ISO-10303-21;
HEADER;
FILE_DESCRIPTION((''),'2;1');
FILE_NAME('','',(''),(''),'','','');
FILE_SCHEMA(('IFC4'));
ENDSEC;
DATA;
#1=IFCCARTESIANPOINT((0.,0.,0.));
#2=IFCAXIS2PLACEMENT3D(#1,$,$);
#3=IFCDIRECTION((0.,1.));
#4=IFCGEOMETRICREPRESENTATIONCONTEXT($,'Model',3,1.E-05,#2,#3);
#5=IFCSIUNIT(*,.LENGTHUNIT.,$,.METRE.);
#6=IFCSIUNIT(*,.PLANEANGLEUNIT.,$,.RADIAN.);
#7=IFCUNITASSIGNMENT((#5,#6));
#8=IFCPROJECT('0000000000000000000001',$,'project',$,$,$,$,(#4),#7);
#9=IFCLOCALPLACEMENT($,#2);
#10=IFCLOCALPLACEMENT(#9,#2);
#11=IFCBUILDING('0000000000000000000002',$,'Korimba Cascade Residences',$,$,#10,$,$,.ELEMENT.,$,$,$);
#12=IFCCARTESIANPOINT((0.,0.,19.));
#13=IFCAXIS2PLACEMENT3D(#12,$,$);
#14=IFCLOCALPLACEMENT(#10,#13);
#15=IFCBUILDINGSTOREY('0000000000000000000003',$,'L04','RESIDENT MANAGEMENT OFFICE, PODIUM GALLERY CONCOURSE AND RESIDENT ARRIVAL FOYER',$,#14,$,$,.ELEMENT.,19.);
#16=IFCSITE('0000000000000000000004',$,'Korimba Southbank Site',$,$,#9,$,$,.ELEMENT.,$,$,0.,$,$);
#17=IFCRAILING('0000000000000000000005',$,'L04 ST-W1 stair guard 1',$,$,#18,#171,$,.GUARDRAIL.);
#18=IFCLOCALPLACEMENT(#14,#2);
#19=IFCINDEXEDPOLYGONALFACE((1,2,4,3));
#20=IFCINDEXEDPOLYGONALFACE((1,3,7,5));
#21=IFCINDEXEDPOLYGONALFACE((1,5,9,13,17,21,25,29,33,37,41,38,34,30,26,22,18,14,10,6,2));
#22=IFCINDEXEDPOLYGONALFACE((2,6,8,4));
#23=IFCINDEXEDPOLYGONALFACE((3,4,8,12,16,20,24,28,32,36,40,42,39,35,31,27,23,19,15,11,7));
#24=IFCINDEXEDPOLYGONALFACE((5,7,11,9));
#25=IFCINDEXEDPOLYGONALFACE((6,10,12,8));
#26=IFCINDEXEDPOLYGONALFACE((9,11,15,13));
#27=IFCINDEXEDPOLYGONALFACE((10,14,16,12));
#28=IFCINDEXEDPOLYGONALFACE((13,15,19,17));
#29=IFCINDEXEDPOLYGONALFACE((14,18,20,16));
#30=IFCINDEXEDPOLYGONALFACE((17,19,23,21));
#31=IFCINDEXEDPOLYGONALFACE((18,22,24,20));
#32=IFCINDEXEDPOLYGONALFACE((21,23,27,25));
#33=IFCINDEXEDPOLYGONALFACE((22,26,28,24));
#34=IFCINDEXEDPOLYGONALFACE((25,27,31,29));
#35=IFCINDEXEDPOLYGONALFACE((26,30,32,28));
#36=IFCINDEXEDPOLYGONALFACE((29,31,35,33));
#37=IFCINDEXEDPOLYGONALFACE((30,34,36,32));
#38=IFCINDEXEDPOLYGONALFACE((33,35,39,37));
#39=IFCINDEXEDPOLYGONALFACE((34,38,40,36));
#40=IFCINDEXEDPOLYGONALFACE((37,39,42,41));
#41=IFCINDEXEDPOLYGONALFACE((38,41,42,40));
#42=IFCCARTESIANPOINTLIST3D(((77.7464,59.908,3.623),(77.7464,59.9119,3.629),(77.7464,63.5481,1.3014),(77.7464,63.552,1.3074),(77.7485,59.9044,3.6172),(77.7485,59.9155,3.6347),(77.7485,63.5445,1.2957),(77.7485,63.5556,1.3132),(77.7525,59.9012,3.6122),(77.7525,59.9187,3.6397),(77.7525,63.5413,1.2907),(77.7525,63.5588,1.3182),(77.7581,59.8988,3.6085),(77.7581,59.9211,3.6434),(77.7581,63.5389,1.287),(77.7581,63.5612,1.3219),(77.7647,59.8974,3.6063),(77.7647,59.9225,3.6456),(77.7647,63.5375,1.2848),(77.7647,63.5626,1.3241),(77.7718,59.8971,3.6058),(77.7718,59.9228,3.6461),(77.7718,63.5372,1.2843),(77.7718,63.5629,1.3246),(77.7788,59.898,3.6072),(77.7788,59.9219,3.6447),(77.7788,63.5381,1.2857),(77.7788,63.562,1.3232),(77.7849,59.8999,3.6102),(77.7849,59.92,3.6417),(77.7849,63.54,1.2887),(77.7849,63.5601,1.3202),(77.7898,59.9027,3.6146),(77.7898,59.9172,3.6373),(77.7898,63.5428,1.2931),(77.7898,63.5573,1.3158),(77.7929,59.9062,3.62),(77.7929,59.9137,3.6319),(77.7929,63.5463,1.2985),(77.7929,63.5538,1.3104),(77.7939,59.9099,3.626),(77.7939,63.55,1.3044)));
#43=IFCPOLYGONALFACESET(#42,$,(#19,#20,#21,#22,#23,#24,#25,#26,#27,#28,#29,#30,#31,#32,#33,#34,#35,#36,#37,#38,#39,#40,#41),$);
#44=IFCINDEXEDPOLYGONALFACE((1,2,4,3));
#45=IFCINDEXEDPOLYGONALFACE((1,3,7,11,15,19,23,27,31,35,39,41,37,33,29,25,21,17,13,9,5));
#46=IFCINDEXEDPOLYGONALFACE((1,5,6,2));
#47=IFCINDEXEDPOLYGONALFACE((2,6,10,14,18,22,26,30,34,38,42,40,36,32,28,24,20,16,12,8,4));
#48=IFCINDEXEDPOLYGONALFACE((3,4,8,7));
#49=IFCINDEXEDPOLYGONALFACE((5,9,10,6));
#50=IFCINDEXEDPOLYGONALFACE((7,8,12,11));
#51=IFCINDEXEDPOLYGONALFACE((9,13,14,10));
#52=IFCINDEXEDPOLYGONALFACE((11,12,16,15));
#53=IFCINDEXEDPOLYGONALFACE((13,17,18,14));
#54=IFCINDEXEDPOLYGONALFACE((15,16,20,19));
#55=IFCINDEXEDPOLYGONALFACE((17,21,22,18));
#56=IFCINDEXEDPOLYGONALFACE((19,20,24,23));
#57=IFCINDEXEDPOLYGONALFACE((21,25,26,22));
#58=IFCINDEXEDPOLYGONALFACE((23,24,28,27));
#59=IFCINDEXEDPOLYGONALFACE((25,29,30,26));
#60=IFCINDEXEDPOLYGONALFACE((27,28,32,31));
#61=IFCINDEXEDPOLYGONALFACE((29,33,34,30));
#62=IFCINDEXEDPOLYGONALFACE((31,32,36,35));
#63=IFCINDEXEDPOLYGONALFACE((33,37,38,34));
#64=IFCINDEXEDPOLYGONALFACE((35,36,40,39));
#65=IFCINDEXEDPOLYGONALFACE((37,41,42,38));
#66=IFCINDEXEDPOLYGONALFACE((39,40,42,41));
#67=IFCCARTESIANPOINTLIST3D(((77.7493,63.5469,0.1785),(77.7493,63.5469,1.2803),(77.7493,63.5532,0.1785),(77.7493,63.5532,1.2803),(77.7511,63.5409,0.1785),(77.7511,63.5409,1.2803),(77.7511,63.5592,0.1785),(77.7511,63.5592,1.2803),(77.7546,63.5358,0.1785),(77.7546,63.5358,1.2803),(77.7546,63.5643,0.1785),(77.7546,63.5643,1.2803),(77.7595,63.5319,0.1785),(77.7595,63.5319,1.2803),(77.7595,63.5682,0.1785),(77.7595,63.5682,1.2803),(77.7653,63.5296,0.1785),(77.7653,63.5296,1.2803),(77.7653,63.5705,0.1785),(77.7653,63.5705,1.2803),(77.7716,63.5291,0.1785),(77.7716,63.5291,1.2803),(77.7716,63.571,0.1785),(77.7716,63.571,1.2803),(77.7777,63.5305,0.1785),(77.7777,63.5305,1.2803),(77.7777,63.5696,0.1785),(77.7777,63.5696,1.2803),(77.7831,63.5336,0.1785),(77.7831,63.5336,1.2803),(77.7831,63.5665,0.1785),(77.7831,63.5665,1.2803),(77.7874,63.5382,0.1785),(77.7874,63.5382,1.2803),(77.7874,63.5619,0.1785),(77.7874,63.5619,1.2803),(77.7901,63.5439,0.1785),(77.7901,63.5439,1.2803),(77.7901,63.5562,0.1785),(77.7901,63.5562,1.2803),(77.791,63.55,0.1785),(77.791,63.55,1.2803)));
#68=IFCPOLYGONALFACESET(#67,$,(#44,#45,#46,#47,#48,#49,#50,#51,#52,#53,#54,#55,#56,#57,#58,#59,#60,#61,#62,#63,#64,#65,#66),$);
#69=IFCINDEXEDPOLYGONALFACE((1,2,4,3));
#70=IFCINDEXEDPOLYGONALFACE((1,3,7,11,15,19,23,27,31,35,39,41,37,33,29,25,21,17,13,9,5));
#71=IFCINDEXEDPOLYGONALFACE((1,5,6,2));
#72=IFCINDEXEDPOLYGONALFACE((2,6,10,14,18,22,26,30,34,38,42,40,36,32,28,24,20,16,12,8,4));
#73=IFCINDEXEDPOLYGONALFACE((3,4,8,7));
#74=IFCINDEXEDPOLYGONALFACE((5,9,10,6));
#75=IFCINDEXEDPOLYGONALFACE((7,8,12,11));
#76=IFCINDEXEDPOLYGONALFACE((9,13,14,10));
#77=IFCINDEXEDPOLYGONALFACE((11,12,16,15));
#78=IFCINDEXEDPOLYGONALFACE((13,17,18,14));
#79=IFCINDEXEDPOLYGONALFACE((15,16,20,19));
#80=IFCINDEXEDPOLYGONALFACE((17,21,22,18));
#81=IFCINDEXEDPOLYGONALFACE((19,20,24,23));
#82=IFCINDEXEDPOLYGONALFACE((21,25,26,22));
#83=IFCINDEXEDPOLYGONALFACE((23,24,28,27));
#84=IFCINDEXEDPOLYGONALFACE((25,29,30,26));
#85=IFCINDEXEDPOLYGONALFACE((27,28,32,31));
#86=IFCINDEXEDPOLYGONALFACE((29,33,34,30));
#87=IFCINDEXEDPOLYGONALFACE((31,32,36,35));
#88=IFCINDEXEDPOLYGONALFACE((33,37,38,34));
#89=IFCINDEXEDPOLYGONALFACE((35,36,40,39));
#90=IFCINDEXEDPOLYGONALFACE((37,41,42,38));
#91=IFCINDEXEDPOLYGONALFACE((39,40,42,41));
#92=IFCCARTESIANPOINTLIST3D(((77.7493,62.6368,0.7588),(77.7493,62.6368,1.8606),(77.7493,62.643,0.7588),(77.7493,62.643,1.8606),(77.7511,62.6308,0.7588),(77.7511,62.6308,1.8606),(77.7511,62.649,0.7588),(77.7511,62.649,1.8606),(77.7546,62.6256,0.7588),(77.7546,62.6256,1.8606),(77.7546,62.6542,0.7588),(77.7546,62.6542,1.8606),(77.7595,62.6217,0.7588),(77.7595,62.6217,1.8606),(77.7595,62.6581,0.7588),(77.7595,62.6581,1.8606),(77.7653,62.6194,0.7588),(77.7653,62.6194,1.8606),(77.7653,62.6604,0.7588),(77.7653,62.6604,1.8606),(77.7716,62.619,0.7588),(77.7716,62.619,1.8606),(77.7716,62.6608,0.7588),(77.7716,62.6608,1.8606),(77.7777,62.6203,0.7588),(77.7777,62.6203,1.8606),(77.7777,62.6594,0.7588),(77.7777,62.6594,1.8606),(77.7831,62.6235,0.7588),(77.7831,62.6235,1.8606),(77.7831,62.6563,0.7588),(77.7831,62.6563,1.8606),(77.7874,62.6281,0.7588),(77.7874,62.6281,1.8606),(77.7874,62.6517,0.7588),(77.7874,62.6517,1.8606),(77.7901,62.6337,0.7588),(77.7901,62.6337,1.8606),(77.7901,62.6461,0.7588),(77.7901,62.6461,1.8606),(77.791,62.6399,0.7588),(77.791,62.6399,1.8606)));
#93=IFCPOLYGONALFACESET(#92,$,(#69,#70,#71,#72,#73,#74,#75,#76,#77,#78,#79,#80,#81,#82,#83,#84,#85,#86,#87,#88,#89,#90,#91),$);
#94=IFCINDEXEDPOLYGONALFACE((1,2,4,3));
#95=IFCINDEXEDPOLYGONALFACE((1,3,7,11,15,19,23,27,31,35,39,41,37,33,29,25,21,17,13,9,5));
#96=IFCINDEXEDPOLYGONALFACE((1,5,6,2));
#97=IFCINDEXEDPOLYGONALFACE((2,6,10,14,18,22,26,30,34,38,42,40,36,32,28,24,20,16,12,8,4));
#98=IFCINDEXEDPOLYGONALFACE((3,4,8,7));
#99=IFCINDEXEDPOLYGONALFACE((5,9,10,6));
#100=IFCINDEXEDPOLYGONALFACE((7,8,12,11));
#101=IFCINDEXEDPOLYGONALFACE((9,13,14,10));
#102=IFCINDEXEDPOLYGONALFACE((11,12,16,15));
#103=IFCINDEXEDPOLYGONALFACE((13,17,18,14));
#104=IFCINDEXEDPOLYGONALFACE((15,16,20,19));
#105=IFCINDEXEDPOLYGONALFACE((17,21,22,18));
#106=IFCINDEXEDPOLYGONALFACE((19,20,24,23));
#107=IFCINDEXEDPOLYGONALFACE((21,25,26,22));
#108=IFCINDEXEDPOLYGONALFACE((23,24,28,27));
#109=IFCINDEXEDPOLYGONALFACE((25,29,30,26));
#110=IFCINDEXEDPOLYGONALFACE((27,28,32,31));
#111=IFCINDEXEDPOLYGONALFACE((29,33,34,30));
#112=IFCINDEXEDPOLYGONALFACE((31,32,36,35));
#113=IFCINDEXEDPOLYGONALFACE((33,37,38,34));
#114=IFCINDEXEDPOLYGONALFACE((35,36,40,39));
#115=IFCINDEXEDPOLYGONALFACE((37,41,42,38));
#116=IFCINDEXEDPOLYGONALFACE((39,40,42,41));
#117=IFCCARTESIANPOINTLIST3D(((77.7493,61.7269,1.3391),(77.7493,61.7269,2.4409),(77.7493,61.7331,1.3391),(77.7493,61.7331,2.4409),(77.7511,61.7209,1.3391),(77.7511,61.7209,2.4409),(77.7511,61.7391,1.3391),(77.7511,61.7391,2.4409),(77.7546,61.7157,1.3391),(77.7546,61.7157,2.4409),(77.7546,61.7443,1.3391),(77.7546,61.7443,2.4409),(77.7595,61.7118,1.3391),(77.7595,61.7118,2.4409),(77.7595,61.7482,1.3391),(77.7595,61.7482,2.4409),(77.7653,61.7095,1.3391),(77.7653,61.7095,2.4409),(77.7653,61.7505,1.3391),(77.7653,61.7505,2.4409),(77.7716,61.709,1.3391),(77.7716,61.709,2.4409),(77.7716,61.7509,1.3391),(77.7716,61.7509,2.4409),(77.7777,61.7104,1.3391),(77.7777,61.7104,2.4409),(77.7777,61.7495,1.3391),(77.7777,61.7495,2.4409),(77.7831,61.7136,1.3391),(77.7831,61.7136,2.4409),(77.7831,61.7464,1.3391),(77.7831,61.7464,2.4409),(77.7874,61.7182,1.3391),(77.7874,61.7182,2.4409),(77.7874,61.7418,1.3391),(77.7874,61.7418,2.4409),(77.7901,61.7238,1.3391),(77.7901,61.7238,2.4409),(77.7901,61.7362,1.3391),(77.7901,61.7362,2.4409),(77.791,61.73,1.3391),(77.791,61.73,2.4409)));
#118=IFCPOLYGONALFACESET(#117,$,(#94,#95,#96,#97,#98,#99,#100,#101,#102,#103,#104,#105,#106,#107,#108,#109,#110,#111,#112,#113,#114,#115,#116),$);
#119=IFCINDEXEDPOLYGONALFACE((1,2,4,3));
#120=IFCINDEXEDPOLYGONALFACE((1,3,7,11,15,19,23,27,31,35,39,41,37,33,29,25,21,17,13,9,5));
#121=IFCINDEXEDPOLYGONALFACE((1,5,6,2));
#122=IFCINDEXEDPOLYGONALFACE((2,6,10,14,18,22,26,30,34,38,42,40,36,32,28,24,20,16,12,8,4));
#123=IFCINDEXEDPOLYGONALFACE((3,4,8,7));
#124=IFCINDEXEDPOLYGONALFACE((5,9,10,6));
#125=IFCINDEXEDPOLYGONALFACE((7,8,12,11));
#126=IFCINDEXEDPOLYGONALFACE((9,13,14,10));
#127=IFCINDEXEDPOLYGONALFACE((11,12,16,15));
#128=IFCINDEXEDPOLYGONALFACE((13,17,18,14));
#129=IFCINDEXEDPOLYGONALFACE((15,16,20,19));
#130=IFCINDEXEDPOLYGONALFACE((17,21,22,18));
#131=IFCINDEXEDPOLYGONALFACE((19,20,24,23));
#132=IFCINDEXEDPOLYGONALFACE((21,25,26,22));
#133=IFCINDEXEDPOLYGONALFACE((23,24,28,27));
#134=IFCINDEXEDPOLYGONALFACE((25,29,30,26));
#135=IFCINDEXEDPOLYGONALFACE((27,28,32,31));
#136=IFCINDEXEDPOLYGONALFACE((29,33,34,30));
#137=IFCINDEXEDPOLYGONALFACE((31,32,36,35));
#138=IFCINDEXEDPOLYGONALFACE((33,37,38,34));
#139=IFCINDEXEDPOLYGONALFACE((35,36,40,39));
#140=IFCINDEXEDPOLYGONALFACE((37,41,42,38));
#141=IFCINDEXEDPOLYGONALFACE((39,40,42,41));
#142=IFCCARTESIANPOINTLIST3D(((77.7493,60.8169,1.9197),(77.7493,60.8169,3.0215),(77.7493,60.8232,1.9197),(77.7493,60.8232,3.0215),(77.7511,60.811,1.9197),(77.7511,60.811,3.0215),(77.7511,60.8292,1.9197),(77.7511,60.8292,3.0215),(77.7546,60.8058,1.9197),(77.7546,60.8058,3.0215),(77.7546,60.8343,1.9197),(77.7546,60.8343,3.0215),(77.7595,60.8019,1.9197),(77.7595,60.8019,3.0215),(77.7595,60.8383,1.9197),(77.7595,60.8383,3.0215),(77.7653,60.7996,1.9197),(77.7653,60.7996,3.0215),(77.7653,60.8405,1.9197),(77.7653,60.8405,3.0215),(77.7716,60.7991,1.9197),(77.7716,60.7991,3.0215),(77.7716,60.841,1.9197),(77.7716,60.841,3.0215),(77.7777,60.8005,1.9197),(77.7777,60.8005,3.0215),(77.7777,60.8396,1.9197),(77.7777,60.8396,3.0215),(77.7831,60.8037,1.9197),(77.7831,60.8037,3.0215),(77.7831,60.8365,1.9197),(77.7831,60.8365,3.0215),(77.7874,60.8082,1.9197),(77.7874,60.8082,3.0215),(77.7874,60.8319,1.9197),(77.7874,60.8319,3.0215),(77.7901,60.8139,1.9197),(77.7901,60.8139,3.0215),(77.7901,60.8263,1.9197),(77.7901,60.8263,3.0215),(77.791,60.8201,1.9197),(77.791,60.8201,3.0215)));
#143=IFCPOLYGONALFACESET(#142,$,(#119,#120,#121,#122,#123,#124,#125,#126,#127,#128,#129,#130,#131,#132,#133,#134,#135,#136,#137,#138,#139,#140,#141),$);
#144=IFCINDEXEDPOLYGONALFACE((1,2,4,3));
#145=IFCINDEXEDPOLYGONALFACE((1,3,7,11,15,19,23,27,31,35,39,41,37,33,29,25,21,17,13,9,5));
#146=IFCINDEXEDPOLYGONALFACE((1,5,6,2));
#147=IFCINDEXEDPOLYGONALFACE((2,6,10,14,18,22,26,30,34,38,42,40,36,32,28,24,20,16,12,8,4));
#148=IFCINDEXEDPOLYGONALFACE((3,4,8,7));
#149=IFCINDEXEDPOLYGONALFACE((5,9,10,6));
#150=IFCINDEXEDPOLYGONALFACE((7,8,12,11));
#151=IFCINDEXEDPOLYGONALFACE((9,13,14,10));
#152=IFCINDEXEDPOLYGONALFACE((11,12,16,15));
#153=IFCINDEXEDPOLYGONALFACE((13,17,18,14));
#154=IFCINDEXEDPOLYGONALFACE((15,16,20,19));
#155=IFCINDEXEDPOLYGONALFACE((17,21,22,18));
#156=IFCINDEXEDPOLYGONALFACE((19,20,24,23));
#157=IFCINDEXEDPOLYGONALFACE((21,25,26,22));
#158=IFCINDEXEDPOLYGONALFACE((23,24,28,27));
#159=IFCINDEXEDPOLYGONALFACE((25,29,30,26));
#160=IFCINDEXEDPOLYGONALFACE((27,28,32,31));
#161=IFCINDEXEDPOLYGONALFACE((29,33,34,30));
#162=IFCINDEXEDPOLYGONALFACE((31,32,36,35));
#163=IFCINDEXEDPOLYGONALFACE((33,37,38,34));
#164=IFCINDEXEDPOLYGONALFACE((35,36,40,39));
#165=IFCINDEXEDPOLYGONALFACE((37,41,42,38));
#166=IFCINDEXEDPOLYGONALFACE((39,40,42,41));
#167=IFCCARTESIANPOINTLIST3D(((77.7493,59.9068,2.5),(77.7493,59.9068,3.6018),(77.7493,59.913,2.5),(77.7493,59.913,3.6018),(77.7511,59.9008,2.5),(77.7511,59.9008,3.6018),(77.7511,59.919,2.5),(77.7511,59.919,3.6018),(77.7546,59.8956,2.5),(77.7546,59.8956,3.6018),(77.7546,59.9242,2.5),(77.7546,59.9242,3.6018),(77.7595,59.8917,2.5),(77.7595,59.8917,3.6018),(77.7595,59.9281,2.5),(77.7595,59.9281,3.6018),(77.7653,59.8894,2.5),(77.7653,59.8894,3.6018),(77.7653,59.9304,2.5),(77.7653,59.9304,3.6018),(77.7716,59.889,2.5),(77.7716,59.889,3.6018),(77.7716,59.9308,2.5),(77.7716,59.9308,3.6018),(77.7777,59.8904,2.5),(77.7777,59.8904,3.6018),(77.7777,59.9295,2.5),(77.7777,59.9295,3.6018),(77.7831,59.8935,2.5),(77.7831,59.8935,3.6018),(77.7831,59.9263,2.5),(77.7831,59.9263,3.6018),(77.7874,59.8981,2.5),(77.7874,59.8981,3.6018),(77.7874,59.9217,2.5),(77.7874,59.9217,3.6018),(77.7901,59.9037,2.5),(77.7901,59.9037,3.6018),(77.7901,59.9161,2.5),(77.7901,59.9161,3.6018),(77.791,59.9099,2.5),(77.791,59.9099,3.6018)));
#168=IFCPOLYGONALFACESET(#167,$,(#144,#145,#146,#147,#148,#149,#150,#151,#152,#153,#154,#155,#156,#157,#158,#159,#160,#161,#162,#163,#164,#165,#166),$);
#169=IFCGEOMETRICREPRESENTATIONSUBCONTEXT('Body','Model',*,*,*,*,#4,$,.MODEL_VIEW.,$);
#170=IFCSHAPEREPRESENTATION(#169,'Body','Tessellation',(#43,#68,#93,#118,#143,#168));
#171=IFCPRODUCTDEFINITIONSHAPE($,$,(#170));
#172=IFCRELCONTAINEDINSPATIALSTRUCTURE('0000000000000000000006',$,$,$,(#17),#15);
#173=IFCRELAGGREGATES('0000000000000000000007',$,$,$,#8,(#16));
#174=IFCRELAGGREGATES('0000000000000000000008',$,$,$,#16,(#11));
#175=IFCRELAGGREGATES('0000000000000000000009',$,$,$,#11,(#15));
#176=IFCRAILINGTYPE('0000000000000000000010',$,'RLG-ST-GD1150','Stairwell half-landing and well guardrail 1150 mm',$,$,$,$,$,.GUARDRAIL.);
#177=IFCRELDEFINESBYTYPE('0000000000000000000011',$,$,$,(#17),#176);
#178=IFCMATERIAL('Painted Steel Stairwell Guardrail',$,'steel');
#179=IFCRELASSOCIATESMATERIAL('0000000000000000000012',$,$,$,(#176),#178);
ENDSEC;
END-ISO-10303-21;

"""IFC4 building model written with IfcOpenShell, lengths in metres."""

from ifc_helpers import new_model, si_unit, direction, frame, origin, origin_2d, place, context, subcontext, project, spatial, circle, extrude, material, type_object, element, save


model = new_model("IFC4")

# Units and contexts
model_context = context("Model", 3, precision=1e-05, world=origin(), true_north=direction((0.0, 1.0)))
body_context = subcontext(model_context, "Body", "Model", "MODEL_VIEW")
ifc_project = project(units=[si_unit("LENGTHUNIT", "METRE"), si_unit("PLANEANGLEUNIT", "RADIAN")], contexts=[model_context])

# Site, building, storey
site_placement = place(None, origin())
site = spatial("IfcSite", under=ifc_project, at=site_placement, Name="Korimba Southbank Site", CompositionType="ELEMENT", RefElevation=0.0)
building_placement = place(site_placement, origin())
building = spatial("IfcBuilding", under=site, at=building_placement, Name="Korimba Cascade Residences", CompositionType="ELEMENT")
storey_placement = place(building_placement, frame((0.0, 0.0, 19.0)))
storey = spatial("IfcBuildingStorey", under=building, at=storey_placement, Name="L04", Description="RESIDENT MANAGEMENT OFFICE, PODIUM GALLERY CONCOURSE AND RESIDENT ARRIVAL FOYER", CompositionType="ELEMENT", Elevation=19.0)

# Railing
ifc_material_1 = material(Name="Painted Steel Stairwell Guardrail", Category="steel")
railing_type_1 = type_object("IfcRailingType", Name="RLG-ST-GD1150", Description="Stairwell half-landing and well guardrail 1150 mm", PredefinedType="GUARDRAIL", material=ifc_material_1)
railing_1_placement = place(storey_placement, frame((77.77, 63.55, 0.1785)))
element("IfcRailing", 1, at=railing_1_placement, inside=storey, type_object=railing_type_1, Name="L04 ST-W1 stair guard 1", PredefinedType="GUARDRAIL", context=body_context, shape_type="SweptSolid", body=[
    extrude(circle(Radius=0.0239, at=origin_2d()), frame((0.0, 0.0, 1.126), z_axis=(0.0, -0.843128, 0.537713), x_axis=(1.0, 0.0, 0.0)), (0.0, 0.0, 1.0), 4.3174),
    extrude(circle(Radius=0.021, at=origin_2d()), origin(), (0.0, 0.0, 1.0), 1.1018),
    extrude(circle(Radius=0.021, at=origin_2d()), frame((0.0, -0.9102, 0.5803)), (0.0, 0.0, 1.0), 1.1018),
    extrude(circle(Radius=0.021, at=origin_2d()), frame((0.0, -1.8201, 1.1606)), (0.0, 0.0, 1.0), 1.1018),
    extrude(circle(Radius=0.021, at=origin_2d()), frame((0.0, -2.73, 1.7412)), (0.0, 0.0, 1.0), 1.1018),
    extrude(circle(Radius=0.021, at=origin_2d()), frame((0.0, -3.6401, 2.3215)), (0.0, 0.0, 1.0), 1.1018),
])

save(model, "model.ifc")
